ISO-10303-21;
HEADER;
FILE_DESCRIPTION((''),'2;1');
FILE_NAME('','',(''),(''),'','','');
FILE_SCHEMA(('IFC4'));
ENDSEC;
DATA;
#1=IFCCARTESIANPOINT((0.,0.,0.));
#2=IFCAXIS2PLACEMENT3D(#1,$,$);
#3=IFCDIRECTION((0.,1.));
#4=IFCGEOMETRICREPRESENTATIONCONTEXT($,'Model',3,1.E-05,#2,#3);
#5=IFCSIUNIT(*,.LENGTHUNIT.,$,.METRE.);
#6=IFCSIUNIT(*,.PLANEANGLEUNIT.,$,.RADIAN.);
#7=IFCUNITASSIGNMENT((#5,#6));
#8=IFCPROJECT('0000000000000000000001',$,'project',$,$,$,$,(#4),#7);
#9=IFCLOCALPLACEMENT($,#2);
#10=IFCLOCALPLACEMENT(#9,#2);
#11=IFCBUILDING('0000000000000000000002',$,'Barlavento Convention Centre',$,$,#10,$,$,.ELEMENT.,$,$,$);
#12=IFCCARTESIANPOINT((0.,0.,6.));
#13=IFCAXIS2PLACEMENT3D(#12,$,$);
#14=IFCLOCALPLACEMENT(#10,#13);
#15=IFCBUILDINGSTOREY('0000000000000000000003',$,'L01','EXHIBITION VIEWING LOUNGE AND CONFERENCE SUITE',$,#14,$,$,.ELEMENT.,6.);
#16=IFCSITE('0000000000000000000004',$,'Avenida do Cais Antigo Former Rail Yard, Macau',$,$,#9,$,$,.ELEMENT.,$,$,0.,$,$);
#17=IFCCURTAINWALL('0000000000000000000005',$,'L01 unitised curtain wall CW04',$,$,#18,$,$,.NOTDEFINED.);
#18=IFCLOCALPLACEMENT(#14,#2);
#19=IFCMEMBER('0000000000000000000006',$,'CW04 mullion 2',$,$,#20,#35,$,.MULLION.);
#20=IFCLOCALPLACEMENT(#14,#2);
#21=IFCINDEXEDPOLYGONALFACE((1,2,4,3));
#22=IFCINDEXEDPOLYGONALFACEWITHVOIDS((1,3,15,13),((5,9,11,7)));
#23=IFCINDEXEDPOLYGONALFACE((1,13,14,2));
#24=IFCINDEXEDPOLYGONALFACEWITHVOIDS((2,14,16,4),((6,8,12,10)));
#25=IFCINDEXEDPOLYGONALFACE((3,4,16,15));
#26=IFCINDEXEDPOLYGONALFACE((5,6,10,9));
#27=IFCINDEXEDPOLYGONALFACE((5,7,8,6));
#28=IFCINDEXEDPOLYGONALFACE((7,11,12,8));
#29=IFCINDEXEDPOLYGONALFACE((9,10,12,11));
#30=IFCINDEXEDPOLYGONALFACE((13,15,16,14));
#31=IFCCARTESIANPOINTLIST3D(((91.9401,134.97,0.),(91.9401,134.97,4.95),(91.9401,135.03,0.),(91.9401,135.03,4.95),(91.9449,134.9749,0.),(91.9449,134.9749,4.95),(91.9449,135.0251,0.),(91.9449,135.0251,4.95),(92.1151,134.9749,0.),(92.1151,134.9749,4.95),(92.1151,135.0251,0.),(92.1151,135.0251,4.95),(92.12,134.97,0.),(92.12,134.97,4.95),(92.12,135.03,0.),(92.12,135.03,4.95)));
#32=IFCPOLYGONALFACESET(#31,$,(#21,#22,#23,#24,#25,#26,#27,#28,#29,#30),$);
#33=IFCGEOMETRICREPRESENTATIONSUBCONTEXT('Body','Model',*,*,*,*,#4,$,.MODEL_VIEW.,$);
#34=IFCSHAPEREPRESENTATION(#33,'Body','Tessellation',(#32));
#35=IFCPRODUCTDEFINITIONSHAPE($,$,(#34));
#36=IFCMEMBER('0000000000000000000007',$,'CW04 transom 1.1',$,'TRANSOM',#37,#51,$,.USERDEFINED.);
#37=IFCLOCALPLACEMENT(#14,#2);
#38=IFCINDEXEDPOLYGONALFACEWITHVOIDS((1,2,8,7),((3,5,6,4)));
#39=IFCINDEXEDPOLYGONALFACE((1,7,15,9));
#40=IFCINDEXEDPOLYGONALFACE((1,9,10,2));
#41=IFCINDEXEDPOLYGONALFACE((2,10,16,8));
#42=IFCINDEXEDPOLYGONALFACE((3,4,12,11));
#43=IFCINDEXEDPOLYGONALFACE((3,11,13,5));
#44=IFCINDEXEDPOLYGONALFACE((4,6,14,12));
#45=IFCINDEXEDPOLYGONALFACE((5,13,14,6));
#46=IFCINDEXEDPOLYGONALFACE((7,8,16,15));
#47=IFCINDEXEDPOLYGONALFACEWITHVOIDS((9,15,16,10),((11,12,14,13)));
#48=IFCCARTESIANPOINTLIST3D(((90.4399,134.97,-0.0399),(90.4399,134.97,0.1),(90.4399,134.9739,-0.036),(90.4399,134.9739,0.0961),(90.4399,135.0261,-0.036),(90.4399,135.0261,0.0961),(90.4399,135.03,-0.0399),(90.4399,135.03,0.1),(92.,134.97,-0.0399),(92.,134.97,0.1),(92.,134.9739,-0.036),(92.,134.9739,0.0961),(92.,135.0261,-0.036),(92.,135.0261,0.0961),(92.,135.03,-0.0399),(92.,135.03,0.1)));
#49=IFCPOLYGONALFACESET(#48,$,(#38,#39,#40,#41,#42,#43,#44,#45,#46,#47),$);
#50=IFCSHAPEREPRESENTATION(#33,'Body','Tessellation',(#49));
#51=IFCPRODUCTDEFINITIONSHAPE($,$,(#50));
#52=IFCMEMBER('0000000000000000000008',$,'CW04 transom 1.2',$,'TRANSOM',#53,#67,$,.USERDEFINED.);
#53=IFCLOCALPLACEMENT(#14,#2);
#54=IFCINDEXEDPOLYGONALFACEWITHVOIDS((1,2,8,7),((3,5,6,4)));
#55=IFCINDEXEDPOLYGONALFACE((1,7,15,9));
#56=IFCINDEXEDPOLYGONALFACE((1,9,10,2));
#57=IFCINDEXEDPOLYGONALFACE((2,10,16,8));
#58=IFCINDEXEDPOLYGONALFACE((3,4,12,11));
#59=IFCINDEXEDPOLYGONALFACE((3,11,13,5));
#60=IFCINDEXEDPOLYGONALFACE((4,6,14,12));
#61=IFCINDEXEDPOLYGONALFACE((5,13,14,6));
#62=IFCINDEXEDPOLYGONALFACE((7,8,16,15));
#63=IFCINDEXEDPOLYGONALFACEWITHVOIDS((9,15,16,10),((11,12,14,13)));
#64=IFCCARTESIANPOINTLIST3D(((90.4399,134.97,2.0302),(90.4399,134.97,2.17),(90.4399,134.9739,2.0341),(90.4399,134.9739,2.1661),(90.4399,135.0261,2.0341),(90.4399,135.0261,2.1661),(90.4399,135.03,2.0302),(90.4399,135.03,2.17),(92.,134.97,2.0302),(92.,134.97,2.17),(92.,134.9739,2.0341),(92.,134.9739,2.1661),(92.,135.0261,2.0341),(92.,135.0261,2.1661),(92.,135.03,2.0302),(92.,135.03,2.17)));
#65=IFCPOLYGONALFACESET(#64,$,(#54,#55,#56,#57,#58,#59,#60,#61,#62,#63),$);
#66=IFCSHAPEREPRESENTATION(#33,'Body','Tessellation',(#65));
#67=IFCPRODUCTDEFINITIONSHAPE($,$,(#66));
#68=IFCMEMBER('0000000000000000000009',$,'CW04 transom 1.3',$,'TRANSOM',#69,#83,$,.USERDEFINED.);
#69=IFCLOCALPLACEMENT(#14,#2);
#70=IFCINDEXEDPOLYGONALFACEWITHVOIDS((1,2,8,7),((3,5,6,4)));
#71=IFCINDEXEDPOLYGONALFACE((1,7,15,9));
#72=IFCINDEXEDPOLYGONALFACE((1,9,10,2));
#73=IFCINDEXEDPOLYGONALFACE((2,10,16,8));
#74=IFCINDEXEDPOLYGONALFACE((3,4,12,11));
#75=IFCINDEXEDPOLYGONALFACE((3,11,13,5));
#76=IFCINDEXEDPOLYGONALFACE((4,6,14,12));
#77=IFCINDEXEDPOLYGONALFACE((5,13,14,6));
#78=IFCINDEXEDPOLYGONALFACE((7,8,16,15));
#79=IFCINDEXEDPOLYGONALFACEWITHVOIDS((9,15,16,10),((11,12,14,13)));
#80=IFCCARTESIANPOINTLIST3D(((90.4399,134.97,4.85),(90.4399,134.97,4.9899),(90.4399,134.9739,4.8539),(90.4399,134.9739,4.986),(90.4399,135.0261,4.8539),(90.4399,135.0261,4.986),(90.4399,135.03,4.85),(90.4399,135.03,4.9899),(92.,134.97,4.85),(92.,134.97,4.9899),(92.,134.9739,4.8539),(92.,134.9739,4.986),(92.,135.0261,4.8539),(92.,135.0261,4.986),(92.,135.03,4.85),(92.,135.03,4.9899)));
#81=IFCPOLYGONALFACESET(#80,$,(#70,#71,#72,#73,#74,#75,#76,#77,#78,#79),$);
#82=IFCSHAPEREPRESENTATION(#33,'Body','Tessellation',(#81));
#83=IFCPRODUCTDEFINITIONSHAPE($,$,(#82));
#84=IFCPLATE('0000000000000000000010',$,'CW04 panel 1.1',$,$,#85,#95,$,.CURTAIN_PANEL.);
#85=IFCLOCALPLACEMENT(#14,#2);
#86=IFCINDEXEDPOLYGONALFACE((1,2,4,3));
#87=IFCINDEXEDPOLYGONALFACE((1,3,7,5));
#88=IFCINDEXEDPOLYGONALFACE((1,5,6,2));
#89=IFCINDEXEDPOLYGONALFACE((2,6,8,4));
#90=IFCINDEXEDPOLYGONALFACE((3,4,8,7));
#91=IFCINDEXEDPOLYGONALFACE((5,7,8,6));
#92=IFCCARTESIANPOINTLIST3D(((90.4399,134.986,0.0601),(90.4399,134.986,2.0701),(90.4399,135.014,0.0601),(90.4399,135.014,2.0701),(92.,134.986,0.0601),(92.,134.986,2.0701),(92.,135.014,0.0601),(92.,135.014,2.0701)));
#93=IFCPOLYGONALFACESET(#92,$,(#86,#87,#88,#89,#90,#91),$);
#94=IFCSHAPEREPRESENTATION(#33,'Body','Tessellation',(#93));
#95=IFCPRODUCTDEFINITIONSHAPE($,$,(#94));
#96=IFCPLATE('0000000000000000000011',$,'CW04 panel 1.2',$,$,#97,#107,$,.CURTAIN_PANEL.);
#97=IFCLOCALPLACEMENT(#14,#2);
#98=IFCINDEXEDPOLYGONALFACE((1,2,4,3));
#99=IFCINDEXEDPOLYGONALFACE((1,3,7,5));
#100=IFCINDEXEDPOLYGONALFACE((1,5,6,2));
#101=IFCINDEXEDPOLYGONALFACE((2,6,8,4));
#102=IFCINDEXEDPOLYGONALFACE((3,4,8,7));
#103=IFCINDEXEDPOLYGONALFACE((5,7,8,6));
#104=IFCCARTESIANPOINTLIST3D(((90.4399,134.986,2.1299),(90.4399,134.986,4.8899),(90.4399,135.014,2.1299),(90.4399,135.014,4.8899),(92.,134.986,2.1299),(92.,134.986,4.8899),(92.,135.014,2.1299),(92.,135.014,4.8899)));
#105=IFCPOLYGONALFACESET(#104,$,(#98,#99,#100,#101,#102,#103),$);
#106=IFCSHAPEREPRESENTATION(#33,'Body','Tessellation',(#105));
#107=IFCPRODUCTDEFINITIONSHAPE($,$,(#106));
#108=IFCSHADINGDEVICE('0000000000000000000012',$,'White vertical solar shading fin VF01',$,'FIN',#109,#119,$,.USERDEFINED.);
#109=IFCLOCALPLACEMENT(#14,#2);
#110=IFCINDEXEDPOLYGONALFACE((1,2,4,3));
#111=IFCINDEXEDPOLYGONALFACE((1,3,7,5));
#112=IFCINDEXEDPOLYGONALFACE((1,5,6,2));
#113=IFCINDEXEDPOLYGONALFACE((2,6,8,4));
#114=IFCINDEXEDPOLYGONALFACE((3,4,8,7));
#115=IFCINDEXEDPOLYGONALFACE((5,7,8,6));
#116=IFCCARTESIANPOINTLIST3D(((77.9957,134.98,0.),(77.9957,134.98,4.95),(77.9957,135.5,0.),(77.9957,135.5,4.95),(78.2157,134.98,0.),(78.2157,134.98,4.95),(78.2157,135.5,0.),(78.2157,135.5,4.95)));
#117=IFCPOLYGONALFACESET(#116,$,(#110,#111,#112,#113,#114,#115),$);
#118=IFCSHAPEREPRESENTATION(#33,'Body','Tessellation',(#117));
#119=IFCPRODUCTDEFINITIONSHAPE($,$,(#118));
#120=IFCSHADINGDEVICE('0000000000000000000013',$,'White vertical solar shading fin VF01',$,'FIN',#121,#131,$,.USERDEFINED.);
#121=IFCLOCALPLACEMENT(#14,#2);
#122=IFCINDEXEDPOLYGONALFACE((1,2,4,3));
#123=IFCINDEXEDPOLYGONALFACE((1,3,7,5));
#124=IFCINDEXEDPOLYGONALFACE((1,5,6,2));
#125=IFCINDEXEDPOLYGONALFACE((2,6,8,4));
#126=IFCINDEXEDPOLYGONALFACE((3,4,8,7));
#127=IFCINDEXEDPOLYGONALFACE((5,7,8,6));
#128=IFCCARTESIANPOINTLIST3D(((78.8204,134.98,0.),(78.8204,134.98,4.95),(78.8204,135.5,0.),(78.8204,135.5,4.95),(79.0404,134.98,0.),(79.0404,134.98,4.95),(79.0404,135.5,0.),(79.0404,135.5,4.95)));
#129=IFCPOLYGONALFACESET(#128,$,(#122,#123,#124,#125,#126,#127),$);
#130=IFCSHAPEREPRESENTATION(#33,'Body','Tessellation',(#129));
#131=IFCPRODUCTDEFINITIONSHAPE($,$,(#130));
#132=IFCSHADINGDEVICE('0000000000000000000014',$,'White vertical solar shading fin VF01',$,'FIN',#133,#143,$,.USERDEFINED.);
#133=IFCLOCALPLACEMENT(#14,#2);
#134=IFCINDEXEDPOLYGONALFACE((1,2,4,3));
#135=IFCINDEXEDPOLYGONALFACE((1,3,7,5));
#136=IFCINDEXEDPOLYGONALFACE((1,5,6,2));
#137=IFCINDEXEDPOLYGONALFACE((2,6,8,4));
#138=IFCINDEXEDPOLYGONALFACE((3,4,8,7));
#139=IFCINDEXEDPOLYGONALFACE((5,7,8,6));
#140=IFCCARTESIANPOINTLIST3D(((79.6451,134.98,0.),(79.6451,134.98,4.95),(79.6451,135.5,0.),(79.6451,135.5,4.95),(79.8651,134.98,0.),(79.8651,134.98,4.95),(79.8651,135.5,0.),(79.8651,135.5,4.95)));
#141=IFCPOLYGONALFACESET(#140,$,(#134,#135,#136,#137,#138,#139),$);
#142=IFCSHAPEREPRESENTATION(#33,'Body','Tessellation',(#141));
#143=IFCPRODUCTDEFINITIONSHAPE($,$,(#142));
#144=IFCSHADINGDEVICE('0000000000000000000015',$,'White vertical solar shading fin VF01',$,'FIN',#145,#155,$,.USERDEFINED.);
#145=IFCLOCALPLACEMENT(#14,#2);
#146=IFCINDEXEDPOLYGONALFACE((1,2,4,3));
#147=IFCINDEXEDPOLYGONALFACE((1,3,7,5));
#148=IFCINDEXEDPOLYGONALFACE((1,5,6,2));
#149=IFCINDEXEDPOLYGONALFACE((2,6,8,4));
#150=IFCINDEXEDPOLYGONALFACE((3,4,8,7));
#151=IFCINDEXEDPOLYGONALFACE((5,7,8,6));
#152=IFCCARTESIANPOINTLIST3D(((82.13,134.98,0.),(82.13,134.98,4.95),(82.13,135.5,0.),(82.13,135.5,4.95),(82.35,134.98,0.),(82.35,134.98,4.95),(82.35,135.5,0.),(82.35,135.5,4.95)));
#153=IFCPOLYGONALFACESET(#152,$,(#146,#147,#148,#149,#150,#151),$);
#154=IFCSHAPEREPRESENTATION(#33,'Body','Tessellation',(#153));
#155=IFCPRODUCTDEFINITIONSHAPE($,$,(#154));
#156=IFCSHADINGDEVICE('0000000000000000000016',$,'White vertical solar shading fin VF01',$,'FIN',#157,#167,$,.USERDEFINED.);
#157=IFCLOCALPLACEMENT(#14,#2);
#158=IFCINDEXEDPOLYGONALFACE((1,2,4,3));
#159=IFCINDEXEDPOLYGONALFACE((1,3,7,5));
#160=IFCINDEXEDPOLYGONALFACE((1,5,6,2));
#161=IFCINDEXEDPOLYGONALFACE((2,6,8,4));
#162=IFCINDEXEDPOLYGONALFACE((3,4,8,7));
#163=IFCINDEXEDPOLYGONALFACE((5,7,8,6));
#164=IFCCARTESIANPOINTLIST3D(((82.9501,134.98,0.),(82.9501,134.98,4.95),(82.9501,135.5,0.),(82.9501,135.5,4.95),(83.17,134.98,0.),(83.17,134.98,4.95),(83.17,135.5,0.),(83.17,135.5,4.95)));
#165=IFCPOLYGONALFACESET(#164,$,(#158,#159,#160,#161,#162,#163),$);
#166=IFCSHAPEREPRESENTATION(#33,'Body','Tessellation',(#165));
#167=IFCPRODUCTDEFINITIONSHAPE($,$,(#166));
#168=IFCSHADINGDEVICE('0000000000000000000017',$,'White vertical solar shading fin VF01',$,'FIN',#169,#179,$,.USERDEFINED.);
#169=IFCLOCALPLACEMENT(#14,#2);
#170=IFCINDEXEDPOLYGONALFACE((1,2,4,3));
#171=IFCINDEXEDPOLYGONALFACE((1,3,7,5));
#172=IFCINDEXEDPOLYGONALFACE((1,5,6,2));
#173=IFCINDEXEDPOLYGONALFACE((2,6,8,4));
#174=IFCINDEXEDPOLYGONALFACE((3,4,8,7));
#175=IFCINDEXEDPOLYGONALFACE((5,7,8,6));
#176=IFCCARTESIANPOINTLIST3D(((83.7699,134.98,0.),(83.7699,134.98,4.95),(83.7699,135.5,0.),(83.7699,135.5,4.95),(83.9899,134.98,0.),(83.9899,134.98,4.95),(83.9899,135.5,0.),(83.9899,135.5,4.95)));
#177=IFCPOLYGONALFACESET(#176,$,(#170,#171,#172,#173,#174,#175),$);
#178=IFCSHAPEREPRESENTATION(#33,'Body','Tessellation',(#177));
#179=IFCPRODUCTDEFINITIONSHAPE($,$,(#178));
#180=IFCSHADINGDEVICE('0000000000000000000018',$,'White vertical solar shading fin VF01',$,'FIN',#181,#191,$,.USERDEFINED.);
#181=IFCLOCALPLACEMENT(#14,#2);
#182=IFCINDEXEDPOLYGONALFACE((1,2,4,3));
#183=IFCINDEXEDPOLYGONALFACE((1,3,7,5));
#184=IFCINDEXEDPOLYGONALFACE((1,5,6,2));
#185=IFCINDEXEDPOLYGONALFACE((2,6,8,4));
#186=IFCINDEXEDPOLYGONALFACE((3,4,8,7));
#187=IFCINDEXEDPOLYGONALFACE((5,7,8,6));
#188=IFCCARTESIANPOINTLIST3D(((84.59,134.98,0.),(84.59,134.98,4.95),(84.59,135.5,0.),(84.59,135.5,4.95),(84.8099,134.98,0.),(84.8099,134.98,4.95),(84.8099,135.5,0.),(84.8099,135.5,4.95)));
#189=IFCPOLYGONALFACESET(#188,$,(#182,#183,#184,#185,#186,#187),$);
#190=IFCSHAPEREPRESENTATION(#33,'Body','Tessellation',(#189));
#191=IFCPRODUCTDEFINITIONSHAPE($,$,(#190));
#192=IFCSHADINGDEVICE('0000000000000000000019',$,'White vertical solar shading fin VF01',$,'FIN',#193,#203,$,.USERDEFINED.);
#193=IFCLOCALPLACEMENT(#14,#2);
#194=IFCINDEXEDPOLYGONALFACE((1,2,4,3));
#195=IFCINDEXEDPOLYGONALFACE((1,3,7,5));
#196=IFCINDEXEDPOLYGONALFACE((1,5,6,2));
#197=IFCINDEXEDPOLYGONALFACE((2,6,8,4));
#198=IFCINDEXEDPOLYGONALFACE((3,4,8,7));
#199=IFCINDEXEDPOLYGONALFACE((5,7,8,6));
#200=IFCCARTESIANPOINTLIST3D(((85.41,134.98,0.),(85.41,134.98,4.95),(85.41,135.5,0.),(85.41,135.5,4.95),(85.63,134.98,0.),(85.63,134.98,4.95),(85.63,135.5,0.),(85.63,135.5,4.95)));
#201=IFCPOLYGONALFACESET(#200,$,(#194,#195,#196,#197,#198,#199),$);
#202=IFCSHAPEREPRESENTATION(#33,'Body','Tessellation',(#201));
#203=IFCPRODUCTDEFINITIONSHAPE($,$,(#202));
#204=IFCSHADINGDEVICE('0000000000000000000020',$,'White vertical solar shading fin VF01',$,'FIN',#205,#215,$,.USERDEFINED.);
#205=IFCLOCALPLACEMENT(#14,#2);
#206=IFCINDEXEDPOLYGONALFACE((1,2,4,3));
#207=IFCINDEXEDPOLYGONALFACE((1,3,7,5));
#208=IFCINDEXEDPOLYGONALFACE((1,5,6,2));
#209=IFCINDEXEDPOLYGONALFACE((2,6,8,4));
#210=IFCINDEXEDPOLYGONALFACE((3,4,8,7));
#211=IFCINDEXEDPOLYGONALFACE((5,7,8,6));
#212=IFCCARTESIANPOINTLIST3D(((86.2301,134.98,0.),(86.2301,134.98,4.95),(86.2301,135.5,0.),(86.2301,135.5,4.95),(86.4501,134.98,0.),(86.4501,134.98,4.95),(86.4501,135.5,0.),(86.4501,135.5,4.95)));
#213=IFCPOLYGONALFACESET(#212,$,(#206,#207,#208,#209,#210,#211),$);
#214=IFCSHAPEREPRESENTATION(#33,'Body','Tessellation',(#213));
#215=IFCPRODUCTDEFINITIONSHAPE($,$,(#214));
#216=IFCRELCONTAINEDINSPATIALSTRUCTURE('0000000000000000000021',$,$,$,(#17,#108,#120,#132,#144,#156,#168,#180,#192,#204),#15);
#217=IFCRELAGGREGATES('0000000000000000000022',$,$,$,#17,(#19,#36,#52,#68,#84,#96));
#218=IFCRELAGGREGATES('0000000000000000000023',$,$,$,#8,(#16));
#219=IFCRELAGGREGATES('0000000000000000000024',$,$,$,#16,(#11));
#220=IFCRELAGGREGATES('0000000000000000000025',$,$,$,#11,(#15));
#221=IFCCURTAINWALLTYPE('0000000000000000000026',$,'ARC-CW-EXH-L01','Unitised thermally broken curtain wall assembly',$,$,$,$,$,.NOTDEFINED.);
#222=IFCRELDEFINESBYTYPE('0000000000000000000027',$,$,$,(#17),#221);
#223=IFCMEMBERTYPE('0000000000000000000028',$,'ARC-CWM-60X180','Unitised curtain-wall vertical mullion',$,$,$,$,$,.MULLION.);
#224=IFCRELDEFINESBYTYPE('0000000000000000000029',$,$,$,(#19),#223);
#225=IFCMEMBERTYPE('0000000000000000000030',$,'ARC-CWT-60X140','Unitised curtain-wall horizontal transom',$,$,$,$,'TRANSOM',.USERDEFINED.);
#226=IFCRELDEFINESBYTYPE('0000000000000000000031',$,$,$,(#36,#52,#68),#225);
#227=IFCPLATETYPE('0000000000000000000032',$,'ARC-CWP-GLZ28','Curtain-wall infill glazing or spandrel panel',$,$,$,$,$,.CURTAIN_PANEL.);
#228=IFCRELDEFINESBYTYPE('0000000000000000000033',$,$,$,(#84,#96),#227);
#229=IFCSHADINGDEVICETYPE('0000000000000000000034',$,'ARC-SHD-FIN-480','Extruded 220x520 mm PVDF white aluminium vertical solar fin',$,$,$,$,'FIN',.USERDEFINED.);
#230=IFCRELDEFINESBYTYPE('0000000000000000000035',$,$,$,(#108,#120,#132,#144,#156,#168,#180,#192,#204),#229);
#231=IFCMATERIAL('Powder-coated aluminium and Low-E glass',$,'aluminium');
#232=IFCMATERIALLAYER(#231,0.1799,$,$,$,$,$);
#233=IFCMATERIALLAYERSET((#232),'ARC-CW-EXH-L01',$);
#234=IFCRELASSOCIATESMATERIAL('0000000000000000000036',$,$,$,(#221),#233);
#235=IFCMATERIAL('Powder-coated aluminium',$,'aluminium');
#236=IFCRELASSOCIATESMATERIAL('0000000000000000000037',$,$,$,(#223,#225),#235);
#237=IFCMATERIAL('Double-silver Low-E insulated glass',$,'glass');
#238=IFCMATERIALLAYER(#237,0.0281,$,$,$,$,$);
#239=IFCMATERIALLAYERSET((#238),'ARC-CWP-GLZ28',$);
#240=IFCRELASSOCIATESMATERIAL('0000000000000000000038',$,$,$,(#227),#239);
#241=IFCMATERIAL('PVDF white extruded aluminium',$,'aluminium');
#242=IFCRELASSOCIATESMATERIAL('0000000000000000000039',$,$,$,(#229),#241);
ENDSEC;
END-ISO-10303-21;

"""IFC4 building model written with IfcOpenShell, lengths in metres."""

from ifc_helpers import new_model, si_unit, direction, frame, origin, origin_2d, place, context, subcontext, project, spatial, rectangle, hollow_rectangle, extrude, material, layer, layer_set, material_profile, profile_set, type_object, element, aggregate, save


model = new_model("IFC4")

# Units and contexts
model_context = context("Model", 3, precision=1e-05, world=origin(), true_north=direction((0.0, 1.0)))
body_context = subcontext(model_context, "Body", "Model", "MODEL_VIEW")
ifc_project = project(units=[si_unit("LENGTHUNIT", "METRE"), si_unit("PLANEANGLEUNIT", "RADIAN")], contexts=[model_context])

# Site, building, storey
site_placement = place(None, origin())
site = spatial("IfcSite", under=ifc_project, at=site_placement, Name="Avenida do Cais Antigo Former Rail Yard, Macau", CompositionType="ELEMENT", RefElevation=0.0)
building_placement = place(site_placement, origin())
building = spatial("IfcBuilding", under=site, at=building_placement, Name="Barlavento Convention Centre", CompositionType="ELEMENT")
storey_placement = place(building_placement, frame((0.0, 0.0, 6.0)))
storey = spatial("IfcBuildingStorey", under=building, at=storey_placement, Name="L01", Description="EXHIBITION VIEWING LOUNGE AND CONFERENCE SUITE", CompositionType="ELEMENT", Elevation=6.0)

# Curtain wall, members, plates
ifc_material_1 = material(Name="Powder-coated aluminium and Low-E glass", Category="aluminium")
ifc_layer_1 = layer(ifc_material_1, 0.1799)
ifc_layer_set_1 = layer_set([ifc_layer_1], Name="ARC-CW-EXH-L01")
curtain_wall_type = type_object("IfcCurtainWallType", Name="ARC-CW-EXH-L01", Description="Unitised thermally broken curtain wall assembly", PredefinedType="NOTDEFINED", material=ifc_layer_set_1)
curtain_wall_placement = place(storey_placement, origin())
curtain_wall = element("IfcCurtainWall", 1, at=curtain_wall_placement, inside=storey, type_object=curtain_wall_type, Name="L01 unitised curtain wall CW04", PredefinedType="NOTDEFINED")
ifc_material_2 = material(Name="Powder-coated aluminium", Category="aluminium")
ifc_material_profile_1 = material_profile(ifc_material_2, hollow_rectangle(XDim=0.0601, YDim=0.1799, WallThickness=0.0049, at=origin_2d()), Name="AL-MULL 60x180x5")
ifc_profile_set_1 = profile_set([ifc_material_profile_1], Name="Powder-coated aluminium")
member_type_1 = type_object("IfcMemberType", Name="ARC-CWM-60X180", Description="Unitised curtain-wall vertical mullion", PredefinedType="MULLION", material=ifc_profile_set_1)
member_1_placement = place(storey_placement, frame((92.03, 135.0, 0.0), z_axis=(0.0, 0.0, 1.0), x_axis=(0.0, 1.0, 0.0)))
member_1 = element("IfcMember", 2, at=member_1_placement, type_object=member_type_1, Name="CW04 mullion 2", PredefinedType="MULLION", context=body_context, shape_type="SweptSolid", body=[
    extrude(hollow_rectangle(XDim=0.0601, YDim=0.1799, WallThickness=0.0049, at=origin_2d()), origin(), (0.0, 0.0, 1.0), 4.95),
])
ifc_material_profile_2 = material_profile(ifc_material_2, hollow_rectangle(XDim=0.0601, YDim=0.1399, WallThickness=0.0039, at=origin_2d()), Name="AL-TRAN 60x140x4")
ifc_profile_set_2 = profile_set([ifc_material_profile_2], Name="Powder-coated aluminium")
member_type_2 = type_object("IfcMemberType", Name="ARC-CWT-60X140", Description="Unitised curtain-wall horizontal transom", ElementType="TRANSOM", PredefinedType="USERDEFINED", material=ifc_profile_set_2)
member_2_placement = place(storey_placement, frame((90.4399, 135.0, 0.03), z_axis=(1.0, 0.0, 0.0), x_axis=(0.0, 1.0, 0.0)))
member_2 = element("IfcMember", 3, at=member_2_placement, type_object=member_type_2, Name="CW04 transom 1.1", ObjectType="TRANSOM", PredefinedType="USERDEFINED", context=body_context, shape_type="SweptSolid", body=[
    extrude(hollow_rectangle(XDim=0.0601, YDim=0.1399, WallThickness=0.0039, at=origin_2d()), origin(), (0.0, 0.0, 1.0), 1.5601),
])
member_3_placement = place(storey_placement, frame((90.4399, 135.0, 2.1001), z_axis=(1.0, 0.0, 0.0), x_axis=(0.0, 1.0, 0.0)))
member_3 = element("IfcMember", 4, at=member_3_placement, type_object=member_type_2, Name="CW04 transom 1.2", ObjectType="TRANSOM", PredefinedType="USERDEFINED", context=body_context, shape_type="SweptSolid", body=[
    extrude(hollow_rectangle(XDim=0.0601, YDim=0.1399, WallThickness=0.0039, at=origin_2d()), origin(), (0.0, 0.0, 1.0), 1.5601),
])
member_4_placement = place(storey_placement, frame((90.4399, 135.0, 4.9199), z_axis=(1.0, 0.0, 0.0), x_axis=(0.0, 1.0, 0.0)))
member_4 = element("IfcMember", 5, at=member_4_placement, type_object=member_type_2, Name="CW04 transom 1.3", ObjectType="TRANSOM", PredefinedType="USERDEFINED", context=body_context, shape_type="SweptSolid", body=[
    extrude(hollow_rectangle(XDim=0.0601, YDim=0.1399, WallThickness=0.0039, at=origin_2d()), origin(), (0.0, 0.0, 1.0), 1.5601),
])
ifc_material_3 = material(Name="Double-silver Low-E insulated glass", Category="glass")
ifc_layer_2 = layer(ifc_material_3, 0.0281)
ifc_layer_set_2 = layer_set([ifc_layer_2], Name="ARC-CWP-GLZ28")
plate_type = type_object("IfcPlateType", Name="ARC-CWP-GLZ28", Description="Curtain-wall infill glazing or spandrel panel", PredefinedType="CURTAIN_PANEL", material=ifc_layer_set_2)
plate_1_placement = place(storey_placement, frame((91.22, 135.0, 0.0601), z_axis=(0.0, 0.0, 1.0), x_axis=(1.0, 0.0, 0.0)))
plate_1 = element("IfcPlate", 6, at=plate_1_placement, type_object=plate_type, Name="CW04 panel 1.1", PredefinedType="CURTAIN_PANEL", context=body_context, shape_type="SweptSolid", body=[
    extrude(rectangle(XDim=1.5601, YDim=0.0281, at=origin_2d()), origin(), (0.0, 0.0, 1.0), 2.01),
])
plate_2_placement = place(storey_placement, frame((91.22, 135.0, 2.1299), z_axis=(0.0, 0.0, 1.0), x_axis=(1.0, 0.0, 0.0)))
plate_2 = element("IfcPlate", 7, at=plate_2_placement, type_object=plate_type, Name="CW04 panel 1.2", PredefinedType="CURTAIN_PANEL", context=body_context, shape_type="SweptSolid", body=[
    extrude(rectangle(XDim=1.5601, YDim=0.0281, at=origin_2d()), origin(), (0.0, 0.0, 1.0), 2.76),
])
aggregate(curtain_wall, [member_1, member_2, member_3, member_4, plate_1, plate_2])

# Shading devices
ifc_material_4 = material(Name="PVDF white extruded aluminium", Category="aluminium")
shading_device_type = type_object("IfcShadingDeviceType", Name="ARC-SHD-FIN-480", Description="Extruded 220x520 mm PVDF white aluminium vertical solar fin", ElementType="FIN", PredefinedType="USERDEFINED", material=ifc_material_4)
for number, where, z_axis, x_axis, name in (
    (8, (78.1057, 135.24, 0.0), (0.0, 0.0, 1.0), (1.0, 0.0, 0.0), "White vertical solar shading fin VF01"),
    (9, (78.9304, 135.24, 0.0), (0.0, 0.0, 1.0), (1.0, 0.0, 0.0), "White vertical solar shading fin VF01"),
    (10, (79.7551, 135.24, 0.0), (0.0, 0.0, 1.0), (1.0, 0.0, 0.0), "White vertical solar shading fin VF01"),
    (11, (82.24, 135.24, 0.0), (0.0, 0.0, 1.0), (1.0, 0.0, 0.0), "White vertical solar shading fin VF01"),
    (12, (83.0601, 135.24, 0.0), (0.0, 0.0, 1.0), (1.0, 0.0, 0.0), "White vertical solar shading fin VF01"),
    (13, (83.8799, 135.24, 0.0), (0.0, 0.0, 1.0), (1.0, 0.0, 0.0), "White vertical solar shading fin VF01"),
    (14, (84.7, 135.24, 0.0), (0.0, 0.0, 1.0), (1.0, 0.0, 0.0), "White vertical solar shading fin VF01"),
    (15, (85.52, 135.24, 0.0), (0.0, 0.0, 1.0), (1.0, 0.0, 0.0), "White vertical solar shading fin VF01"),
    (16, (86.3401, 135.24, 0.0), (0.0, 0.0, 1.0), (1.0, 0.0, 0.0), "White vertical solar shading fin VF01"),
):
    element("IfcShadingDevice", number, at=place(storey_placement, frame(where, z_axis=z_axis, x_axis=x_axis)), inside=storey, type_object=shading_device_type, Name=name, ObjectType="FIN", PredefinedType="USERDEFINED", context=body_context, shape_type="SweptSolid", body=[
        extrude(rectangle(XDim=0.22, YDim=0.52, at=origin_2d()), origin(), (0.0, 0.0, 1.0), 4.95),
    ])

save(model, "model.ifc")
